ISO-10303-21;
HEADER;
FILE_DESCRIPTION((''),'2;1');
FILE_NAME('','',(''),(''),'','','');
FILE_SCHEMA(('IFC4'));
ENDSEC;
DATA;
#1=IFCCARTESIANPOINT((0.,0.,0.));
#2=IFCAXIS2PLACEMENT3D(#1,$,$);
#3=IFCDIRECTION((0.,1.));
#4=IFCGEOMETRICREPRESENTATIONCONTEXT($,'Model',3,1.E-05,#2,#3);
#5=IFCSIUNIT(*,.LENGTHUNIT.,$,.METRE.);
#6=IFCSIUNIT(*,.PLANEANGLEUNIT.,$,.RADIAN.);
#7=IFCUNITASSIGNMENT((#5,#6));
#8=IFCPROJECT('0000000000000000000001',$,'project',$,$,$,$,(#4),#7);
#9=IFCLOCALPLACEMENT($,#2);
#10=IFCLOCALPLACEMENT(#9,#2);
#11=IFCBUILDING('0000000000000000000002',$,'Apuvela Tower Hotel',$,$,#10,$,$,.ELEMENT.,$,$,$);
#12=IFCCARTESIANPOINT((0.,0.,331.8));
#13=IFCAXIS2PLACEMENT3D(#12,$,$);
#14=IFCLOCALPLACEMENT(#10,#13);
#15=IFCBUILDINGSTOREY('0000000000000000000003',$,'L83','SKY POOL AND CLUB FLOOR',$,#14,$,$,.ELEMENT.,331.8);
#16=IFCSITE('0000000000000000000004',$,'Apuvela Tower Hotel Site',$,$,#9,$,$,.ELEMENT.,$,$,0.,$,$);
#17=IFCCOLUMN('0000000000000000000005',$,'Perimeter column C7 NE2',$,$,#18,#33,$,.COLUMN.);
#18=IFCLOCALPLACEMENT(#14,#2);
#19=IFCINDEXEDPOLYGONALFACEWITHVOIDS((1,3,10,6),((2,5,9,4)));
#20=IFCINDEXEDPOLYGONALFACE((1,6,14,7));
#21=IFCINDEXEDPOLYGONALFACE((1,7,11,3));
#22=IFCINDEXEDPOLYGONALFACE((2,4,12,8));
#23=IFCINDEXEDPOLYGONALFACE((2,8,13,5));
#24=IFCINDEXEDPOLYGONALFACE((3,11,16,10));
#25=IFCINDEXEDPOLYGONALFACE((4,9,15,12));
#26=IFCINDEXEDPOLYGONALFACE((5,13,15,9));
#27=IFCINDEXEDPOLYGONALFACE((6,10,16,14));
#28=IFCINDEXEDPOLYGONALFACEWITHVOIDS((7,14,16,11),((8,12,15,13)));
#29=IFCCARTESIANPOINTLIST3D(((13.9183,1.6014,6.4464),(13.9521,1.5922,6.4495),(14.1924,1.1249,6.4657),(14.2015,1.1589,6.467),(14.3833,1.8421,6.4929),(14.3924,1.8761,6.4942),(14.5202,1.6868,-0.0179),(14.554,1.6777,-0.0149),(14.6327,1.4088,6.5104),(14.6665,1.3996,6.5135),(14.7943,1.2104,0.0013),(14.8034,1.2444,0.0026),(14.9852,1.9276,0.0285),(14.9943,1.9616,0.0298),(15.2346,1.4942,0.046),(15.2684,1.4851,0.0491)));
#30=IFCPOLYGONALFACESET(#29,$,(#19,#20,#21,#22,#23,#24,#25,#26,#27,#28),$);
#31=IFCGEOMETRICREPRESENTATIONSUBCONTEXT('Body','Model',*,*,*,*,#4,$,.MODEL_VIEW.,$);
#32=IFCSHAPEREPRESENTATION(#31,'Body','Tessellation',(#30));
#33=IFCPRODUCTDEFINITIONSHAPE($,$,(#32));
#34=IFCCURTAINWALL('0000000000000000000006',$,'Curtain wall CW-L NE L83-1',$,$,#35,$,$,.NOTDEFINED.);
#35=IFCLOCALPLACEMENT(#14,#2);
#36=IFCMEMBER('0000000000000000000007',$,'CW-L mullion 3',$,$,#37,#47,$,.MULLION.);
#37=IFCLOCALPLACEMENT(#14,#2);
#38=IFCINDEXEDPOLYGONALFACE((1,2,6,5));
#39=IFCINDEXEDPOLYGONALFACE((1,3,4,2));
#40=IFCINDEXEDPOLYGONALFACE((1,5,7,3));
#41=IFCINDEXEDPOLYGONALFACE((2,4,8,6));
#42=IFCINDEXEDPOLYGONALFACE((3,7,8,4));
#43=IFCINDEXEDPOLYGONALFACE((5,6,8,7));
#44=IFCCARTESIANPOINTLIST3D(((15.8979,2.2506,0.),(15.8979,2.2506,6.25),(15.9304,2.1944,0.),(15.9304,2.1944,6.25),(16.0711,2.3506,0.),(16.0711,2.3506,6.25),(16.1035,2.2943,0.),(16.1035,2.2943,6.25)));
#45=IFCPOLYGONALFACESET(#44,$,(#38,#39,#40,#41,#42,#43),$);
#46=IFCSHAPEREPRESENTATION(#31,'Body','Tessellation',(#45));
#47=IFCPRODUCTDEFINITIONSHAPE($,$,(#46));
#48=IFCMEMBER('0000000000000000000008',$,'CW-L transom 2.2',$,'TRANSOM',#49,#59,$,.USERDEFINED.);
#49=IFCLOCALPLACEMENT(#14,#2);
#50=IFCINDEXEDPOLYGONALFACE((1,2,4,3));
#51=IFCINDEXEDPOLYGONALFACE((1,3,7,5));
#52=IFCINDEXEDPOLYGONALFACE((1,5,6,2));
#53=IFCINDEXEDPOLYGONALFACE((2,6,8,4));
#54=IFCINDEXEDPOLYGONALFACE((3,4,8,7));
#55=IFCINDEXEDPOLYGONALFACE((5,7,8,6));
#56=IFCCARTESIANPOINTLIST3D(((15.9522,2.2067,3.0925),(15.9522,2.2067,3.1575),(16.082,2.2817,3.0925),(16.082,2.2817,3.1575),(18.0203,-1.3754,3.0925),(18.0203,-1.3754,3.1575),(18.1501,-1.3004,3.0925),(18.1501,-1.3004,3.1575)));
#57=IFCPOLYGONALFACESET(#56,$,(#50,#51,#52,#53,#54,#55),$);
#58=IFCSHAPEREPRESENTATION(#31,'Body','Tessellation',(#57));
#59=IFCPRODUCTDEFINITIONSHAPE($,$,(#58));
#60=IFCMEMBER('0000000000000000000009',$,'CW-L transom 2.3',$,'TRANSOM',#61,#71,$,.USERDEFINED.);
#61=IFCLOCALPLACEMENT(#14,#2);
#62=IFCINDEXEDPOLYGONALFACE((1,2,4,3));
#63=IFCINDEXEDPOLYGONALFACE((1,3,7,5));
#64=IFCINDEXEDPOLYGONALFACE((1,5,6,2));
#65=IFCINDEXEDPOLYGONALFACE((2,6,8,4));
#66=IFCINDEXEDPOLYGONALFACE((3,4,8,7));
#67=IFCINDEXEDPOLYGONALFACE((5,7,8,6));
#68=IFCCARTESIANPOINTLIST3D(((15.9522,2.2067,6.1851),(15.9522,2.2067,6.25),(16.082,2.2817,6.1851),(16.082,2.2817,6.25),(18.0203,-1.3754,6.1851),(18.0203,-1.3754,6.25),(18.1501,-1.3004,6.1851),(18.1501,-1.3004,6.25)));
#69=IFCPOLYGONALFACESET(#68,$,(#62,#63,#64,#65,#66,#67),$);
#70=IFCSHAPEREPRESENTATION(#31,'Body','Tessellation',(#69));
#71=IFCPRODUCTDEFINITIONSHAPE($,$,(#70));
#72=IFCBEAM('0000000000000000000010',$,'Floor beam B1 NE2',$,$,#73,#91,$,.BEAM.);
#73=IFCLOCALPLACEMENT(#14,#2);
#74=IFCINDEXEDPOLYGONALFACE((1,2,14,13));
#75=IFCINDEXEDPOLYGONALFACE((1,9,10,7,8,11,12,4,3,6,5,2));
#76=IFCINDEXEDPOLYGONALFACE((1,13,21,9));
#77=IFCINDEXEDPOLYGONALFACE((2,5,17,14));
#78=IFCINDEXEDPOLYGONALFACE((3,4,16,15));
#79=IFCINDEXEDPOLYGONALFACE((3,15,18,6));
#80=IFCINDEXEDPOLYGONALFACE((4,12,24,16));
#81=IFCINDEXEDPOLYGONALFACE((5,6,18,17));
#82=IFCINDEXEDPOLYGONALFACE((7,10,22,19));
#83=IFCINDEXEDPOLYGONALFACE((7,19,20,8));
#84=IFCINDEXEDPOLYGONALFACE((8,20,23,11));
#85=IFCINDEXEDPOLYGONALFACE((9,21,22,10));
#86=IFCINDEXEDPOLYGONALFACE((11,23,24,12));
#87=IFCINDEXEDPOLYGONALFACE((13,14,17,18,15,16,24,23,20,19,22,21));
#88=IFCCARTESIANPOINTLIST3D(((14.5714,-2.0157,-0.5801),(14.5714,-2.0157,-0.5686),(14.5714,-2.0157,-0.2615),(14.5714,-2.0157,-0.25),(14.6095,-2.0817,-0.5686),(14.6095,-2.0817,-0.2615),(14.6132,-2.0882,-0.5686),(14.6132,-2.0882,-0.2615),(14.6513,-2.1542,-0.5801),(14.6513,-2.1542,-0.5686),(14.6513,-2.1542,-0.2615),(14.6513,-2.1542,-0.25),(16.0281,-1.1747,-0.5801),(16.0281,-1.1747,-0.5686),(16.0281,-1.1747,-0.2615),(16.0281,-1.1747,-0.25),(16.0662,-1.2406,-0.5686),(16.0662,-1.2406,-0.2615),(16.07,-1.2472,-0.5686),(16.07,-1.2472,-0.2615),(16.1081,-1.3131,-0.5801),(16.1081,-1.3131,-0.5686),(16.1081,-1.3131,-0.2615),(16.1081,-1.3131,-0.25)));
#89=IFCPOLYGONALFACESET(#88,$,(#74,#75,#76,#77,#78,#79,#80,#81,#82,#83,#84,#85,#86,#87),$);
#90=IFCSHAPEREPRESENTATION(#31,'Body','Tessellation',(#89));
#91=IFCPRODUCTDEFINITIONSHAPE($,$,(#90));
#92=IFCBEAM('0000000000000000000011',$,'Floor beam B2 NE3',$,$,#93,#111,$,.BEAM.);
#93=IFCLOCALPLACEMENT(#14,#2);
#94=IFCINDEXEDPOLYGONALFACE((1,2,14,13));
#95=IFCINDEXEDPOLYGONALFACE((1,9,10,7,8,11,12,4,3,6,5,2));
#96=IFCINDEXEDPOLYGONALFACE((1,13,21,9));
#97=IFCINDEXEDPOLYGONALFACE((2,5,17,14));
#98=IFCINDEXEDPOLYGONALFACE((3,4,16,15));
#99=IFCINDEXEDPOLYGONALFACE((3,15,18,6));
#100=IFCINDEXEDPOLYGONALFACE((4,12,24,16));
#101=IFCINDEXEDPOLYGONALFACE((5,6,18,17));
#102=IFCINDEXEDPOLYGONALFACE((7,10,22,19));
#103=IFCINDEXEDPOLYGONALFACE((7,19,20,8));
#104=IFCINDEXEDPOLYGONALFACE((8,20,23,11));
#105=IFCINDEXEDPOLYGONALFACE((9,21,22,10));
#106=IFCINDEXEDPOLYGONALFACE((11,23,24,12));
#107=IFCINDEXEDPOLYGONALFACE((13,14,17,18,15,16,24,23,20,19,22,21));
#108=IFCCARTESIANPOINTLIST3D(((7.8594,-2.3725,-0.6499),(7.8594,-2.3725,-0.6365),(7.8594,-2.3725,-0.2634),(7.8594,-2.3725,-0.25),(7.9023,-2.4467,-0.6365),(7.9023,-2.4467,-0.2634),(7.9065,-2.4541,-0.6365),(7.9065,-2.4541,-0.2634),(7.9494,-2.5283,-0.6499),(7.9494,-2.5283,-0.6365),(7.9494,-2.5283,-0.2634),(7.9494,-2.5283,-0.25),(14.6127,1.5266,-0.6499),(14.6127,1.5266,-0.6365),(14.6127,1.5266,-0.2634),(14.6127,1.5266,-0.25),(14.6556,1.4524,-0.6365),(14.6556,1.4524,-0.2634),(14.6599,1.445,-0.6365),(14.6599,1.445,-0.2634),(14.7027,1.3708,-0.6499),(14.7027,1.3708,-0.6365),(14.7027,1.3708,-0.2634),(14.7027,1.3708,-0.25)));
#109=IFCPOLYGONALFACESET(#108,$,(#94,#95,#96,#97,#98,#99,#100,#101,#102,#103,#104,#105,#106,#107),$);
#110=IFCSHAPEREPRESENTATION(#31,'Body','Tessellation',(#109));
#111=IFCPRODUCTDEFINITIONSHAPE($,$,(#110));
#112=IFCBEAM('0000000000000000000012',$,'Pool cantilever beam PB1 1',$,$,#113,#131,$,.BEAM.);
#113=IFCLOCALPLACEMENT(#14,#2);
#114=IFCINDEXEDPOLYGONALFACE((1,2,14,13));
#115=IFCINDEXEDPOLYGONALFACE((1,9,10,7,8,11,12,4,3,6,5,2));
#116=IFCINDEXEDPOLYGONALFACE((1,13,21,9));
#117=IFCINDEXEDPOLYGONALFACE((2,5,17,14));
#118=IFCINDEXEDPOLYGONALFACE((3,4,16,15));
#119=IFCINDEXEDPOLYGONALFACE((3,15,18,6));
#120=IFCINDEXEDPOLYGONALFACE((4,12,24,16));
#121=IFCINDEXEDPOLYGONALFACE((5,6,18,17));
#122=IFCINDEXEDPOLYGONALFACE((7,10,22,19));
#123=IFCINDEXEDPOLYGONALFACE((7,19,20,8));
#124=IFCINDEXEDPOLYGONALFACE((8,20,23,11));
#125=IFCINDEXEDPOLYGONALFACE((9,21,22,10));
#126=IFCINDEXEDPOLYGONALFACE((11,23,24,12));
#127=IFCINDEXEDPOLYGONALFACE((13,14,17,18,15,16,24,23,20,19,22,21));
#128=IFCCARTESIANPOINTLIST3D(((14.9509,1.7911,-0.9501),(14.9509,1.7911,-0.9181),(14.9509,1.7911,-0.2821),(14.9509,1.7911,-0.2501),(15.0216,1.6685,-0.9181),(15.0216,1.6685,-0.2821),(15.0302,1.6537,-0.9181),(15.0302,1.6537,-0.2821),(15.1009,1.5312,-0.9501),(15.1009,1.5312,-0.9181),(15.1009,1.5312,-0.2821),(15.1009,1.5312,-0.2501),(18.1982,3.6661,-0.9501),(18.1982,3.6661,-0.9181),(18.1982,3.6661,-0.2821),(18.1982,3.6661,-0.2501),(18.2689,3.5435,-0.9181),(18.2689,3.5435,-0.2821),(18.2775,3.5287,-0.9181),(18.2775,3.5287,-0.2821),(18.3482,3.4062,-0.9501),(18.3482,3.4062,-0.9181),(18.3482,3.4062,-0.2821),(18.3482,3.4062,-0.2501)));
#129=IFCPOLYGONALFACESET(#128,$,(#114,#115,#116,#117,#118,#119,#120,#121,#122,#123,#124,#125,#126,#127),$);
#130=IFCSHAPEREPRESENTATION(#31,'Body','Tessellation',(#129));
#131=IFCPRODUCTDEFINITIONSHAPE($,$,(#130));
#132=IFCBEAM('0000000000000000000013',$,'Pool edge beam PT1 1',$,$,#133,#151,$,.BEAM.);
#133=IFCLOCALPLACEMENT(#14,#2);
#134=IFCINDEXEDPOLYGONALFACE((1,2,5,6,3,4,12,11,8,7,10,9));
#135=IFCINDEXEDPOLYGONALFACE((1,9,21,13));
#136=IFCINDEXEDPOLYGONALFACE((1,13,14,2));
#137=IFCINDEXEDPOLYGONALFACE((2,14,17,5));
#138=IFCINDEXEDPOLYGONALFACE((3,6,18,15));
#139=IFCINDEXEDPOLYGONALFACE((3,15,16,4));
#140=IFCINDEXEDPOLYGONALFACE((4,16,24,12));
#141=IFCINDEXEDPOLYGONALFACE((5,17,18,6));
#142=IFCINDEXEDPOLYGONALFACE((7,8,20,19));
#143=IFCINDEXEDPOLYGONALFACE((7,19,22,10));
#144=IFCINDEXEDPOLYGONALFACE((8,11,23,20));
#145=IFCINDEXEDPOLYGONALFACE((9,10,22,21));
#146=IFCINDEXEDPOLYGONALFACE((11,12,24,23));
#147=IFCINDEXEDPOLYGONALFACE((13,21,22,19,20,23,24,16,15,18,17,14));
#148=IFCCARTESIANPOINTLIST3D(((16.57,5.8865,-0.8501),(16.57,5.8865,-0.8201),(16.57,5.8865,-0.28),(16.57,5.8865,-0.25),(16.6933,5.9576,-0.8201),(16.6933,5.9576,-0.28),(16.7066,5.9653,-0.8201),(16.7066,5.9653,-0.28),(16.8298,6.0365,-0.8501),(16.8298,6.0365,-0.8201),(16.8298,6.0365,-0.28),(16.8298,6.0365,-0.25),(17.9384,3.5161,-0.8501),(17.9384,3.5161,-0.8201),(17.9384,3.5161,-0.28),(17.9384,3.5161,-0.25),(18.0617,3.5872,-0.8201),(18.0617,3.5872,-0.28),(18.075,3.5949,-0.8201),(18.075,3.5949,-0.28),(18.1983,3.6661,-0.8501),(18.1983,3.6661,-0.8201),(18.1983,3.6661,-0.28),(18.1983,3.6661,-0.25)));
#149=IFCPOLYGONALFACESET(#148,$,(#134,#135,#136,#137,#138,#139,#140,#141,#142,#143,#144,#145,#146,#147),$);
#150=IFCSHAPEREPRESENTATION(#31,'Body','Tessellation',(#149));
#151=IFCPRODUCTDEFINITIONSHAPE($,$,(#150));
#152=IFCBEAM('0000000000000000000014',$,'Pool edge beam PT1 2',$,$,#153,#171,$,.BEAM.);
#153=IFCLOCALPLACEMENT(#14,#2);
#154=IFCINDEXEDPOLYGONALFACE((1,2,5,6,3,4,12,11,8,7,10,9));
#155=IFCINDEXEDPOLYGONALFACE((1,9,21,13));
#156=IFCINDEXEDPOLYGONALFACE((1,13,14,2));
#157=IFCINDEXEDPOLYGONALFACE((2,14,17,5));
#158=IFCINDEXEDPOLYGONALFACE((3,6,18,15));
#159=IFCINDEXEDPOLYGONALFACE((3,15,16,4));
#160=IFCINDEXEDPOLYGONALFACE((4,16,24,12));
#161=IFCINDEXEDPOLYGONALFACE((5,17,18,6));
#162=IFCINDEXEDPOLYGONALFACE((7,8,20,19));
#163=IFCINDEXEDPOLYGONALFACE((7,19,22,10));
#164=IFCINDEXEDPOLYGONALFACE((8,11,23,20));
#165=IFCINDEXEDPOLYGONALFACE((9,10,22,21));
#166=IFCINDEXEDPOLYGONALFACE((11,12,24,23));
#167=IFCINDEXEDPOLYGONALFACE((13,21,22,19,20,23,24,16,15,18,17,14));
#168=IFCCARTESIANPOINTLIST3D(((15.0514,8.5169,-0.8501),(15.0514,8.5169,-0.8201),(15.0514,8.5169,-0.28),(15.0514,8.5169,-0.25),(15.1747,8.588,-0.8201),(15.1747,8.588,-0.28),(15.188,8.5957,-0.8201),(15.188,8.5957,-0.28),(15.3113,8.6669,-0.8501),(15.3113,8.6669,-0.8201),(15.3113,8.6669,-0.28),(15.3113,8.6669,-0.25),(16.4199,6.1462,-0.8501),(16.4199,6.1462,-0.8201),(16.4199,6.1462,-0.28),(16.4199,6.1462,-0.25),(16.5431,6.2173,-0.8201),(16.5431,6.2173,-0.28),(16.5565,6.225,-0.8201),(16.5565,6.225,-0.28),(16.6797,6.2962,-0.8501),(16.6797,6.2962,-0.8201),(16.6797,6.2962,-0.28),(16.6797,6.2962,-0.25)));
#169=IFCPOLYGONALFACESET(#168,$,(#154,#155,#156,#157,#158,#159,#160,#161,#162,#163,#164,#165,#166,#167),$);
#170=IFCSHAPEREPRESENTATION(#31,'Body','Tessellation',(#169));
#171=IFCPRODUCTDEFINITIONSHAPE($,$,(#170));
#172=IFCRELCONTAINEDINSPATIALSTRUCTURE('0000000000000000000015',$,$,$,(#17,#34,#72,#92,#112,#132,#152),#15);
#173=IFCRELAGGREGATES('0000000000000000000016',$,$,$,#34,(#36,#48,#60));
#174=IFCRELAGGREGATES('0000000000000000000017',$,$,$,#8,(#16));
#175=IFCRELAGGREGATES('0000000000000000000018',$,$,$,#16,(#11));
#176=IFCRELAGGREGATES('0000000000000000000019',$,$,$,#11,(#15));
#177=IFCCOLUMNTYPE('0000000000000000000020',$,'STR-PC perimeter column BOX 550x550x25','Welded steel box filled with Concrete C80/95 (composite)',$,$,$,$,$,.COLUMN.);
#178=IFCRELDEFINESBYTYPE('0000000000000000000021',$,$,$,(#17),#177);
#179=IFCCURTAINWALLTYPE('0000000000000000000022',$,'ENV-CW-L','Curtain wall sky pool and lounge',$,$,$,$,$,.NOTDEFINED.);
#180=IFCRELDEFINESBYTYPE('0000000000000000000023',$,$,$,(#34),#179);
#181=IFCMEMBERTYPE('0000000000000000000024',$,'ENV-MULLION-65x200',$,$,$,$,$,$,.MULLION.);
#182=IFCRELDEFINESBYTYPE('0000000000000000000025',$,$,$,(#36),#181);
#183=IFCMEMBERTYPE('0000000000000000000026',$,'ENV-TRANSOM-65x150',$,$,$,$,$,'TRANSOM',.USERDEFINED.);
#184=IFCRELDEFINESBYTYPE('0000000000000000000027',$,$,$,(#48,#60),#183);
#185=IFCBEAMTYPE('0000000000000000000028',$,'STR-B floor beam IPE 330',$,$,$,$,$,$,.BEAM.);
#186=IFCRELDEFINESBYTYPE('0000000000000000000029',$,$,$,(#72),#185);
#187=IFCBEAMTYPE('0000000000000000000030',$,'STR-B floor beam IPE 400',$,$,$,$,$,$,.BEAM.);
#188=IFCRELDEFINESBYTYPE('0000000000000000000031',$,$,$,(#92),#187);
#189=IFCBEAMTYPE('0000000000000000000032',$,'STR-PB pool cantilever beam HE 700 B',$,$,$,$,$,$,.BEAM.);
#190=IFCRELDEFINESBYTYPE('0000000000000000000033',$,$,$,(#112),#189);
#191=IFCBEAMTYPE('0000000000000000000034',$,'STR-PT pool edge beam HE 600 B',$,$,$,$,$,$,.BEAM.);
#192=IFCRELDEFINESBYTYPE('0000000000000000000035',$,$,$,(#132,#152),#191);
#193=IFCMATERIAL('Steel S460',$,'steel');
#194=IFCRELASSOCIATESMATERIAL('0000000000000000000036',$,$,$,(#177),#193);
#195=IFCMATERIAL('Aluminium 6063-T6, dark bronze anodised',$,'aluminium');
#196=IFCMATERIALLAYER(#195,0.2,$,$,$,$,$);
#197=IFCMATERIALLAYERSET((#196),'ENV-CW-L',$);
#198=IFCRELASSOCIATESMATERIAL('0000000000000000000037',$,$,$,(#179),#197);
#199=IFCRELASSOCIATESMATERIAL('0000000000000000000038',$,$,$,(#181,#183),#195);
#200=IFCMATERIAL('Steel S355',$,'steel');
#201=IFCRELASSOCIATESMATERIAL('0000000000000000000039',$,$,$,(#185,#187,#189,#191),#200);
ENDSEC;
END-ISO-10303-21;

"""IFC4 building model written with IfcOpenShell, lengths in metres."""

from ifc_helpers import new_model, si_unit, direction, frame, origin, origin_2d, place, context, subcontext, project, spatial, rectangle, hollow_rectangle, i_section, extrude, boolean, halfspace, material, layer, layer_set, material_profile, profile_set, type_object, element, aggregate, save


model = new_model("IFC4")

# Units and contexts
model_context = context("Model", 3, precision=1e-05, world=origin(), true_north=direction((0.0, 1.0)))
body_context = subcontext(model_context, "Body", "Model", "MODEL_VIEW")
ifc_project = project(units=[si_unit("LENGTHUNIT", "METRE"), si_unit("PLANEANGLEUNIT", "RADIAN")], contexts=[model_context])

# Site, building, storey
site_placement = place(None, origin())
site = spatial("IfcSite", under=ifc_project, at=site_placement, Name="Apuvela Tower Hotel Site", CompositionType="ELEMENT", RefElevation=0.0)
building_placement = place(site_placement, origin())
building = spatial("IfcBuilding", under=site, at=building_placement, Name="Apuvela Tower Hotel", CompositionType="ELEMENT")
storey_placement = place(building_placement, frame((0.0, 0.0, 331.8)))
storey = spatial("IfcBuildingStorey", under=building, at=storey_placement, Name="L83", Description="SKY POOL AND CLUB FLOOR", CompositionType="ELEMENT", Elevation=331.8)

# Column
ifc_material_1 = material(Name="Steel S460", Category="steel")
ifc_material_profile_1 = material_profile(ifc_material_1, hollow_rectangle(XDim=0.55, YDim=0.55, WallThickness=0.0249, at=origin_2d()), Name="BOX 550x550x25")
ifc_material_2 = material(Name="Concrete C80/95", Category="concrete")
ifc_material_profile_2 = material_profile(ifc_material_2, rectangle(XDim=0.5, YDim=0.5, at=origin_2d()), Name="Concrete C80/95 infill")
ifc_profile_set_1 = profile_set([ifc_material_profile_1, ifc_material_profile_2], Name="Steel S460")
column_type = type_object("IfcColumnType", Name="STR-PC perimeter column BOX 550x550x25", Description="Welded steel box filled with Concrete C80/95 (composite)", PredefinedType="COLUMN", material=ifc_profile_set_1)
column_placement = place(storey_placement, frame((14.8958, 1.5862, 0.0), z_axis=(-0.092702, -0.013163, 0.995607), x_axis=(0.49843, -0.866225, 0.034957)))
element("IfcColumn", 1, at=column_placement, inside=storey, type_object=column_type, Name="Perimeter column C7 NE2", PredefinedType="COLUMN", context=body_context, shape_type="SweptSolid", body=[
    boolean("DIFFERENCE", boolean("DIFFERENCE", extrude(hollow_rectangle(XDim=0.55, YDim=0.55, WallThickness=0.0249, at=origin_2d()), origin(), (0.0, 0.0, 1.0), 6.5286), halfspace(frame((0.0, 0.0, 0.0156), z_axis=(0.0, 0.0, 1.0), x_axis=(1.0, 0.0, 0.0)), True)), halfspace(frame((0.0, 0.0, 6.5085), z_axis=(0.0, 0.0, 1.0), x_axis=(1.0, 0.0, 0.0)), False)),
])

# Curtain wall, members
ifc_material_3 = material(Name="Aluminium 6063-T6, dark bronze anodised", Category="aluminium")
ifc_layer_1 = layer(ifc_material_3, 0.2)
ifc_layer_set_1 = layer_set([ifc_layer_1], Name="ENV-CW-L")
curtain_wall_type = type_object("IfcCurtainWallType", Name="ENV-CW-L", Description="Curtain wall sky pool and lounge", PredefinedType="NOTDEFINED", material=ifc_layer_set_1)
curtain_wall_placement = place(storey_placement, origin())
curtain_wall = element("IfcCurtainWall", 2, at=curtain_wall_placement, inside=storey, type_object=curtain_wall_type, Name="Curtain wall CW-L NE L83-1", PredefinedType="NOTDEFINED")
ifc_material_profile_3 = material_profile(ifc_material_3, rectangle(XDim=0.2, YDim=0.0649, at=origin_2d()), Name="AL 65x200")
ifc_profile_set_2 = profile_set([ifc_material_profile_3], Name="Aluminium 6063-T6, dark bronze anodised")
member_type_1 = type_object("IfcMemberType", Name="ENV-MULLION-65x200", PredefinedType="MULLION", material=ifc_profile_set_2)
member_1_placement = place(storey_placement, frame((16.0007, 2.2725, 0.0), z_axis=(0.0, 0.0, 1.0), x_axis=(-0.866028, -0.499995, 0.0)))
member_1 = element("IfcMember", 3, at=member_1_placement, type_object=member_type_1, Name="CW-L mullion 3", PredefinedType="MULLION", context=body_context, shape_type="SweptSolid", body=[
    extrude(rectangle(XDim=0.2, YDim=0.0649, at=origin_2d()), origin(), (0.0, 0.0, 1.0), 6.25),
])
ifc_material_profile_4 = material_profile(ifc_material_3, rectangle(XDim=0.1499, YDim=0.0649, at=origin_2d()), Name="AL 65x150 transom")
ifc_profile_set_3 = profile_set([ifc_material_profile_4], Name="Aluminium 6063-T6, dark bronze anodised")
member_type_2 = type_object("IfcMemberType", Name="ENV-TRANSOM-65x150", ElementType="TRANSOM", PredefinedType="USERDEFINED", material=ifc_profile_set_3)
member_2_placement = place(storey_placement, frame((18.0852, -1.3379, 3.125), z_axis=(-0.500005, 0.866022, 0.0), x_axis=(-0.866022, -0.500005, 0.0)))
member_2 = element("IfcMember", 4, at=member_2_placement, type_object=member_type_2, Name="CW-L transom 2.2", ObjectType="TRANSOM", PredefinedType="USERDEFINED", context=body_context, shape_type="SweptSolid", body=[
    extrude(rectangle(XDim=0.1499, YDim=0.0649, at=origin_2d()), origin(), (0.0, 0.0, 1.0), 4.1362),
])
member_3_placement = place(storey_placement, frame((18.0852, -1.3379, 6.2175), z_axis=(-0.500005, 0.866022, 0.0), x_axis=(-0.866022, -0.500005, 0.0)))
member_3 = element("IfcMember", 5, at=member_3_placement, type_object=member_type_2, Name="CW-L transom 2.3", ObjectType="TRANSOM", PredefinedType="USERDEFINED", context=body_context, shape_type="SweptSolid", body=[
    extrude(rectangle(XDim=0.1499, YDim=0.0649, at=origin_2d()), origin(), (0.0, 0.0, 1.0), 4.1362),
])

# Beams
ifc_material_4 = material(Name="Steel S355", Category="steel")
ifc_material_profile_5 = material_profile(ifc_material_4, i_section(OverallWidth=0.1599, OverallDepth=0.3301, WebThickness=0.0076, FlangeThickness=0.0115, at=origin_2d()), Name="IPE 330")
ifc_profile_set_4 = profile_set([ifc_material_profile_5], Name="Steel S355")
beam_type_1 = type_object("IfcBeamType", Name="STR-B floor beam IPE 330", PredefinedType="BEAM", material=ifc_profile_set_4)
beam_1_placement = place(storey_placement, frame((16.0681, -1.2439, -0.415), z_axis=(-0.866028, -0.499995, 0.0), x_axis=(0.499995, -0.866028, 0.0)))
element("IfcBeam", 6, at=beam_1_placement, inside=storey, type_object=beam_type_1, Name="Floor beam B1 NE2", PredefinedType="BEAM", context=body_context, shape_type="SweptSolid", body=[
    extrude(i_section(OverallWidth=0.1599, OverallDepth=0.3301, WebThickness=0.0076, FlangeThickness=0.0115, at=origin_2d()), origin(), (0.0, 0.0, 1.0), 1.6821),
])
ifc_material_profile_6 = material_profile(ifc_material_4, i_section(OverallWidth=0.1799, OverallDepth=0.3999, WebThickness=0.0085, FlangeThickness=0.0134, at=origin_2d()), Name="IPE 400")
ifc_profile_set_5 = profile_set([ifc_material_profile_6], Name="Steel S355")
beam_type_2 = type_object("IfcBeamType", Name="STR-B floor beam IPE 400", PredefinedType="BEAM", material=ifc_profile_set_5)
beam_2_placement = place(storey_placement, frame((14.6577, 1.4487, -0.45), z_axis=(-0.866021, -0.500008, 0.0), x_axis=(0.500008, -0.866021, 0.0)))
element("IfcBeam", 7, at=beam_2_placement, inside=storey, type_object=beam_type_2, Name="Floor beam B2 NE3", PredefinedType="BEAM", context=body_context, shape_type="SweptSolid", body=[
    extrude(i_section(OverallWidth=0.1799, OverallDepth=0.3999, WebThickness=0.0085, FlangeThickness=0.0134, at=origin_2d()), origin(), (0.0, 0.0, 1.0), 7.7981),
])
ifc_material_profile_7 = material_profile(ifc_material_4, i_section(OverallWidth=0.3, OverallDepth=0.7, WebThickness=0.0171, FlangeThickness=0.032, at=origin_2d()), Name="HE 700 B")
ifc_profile_set_6 = profile_set([ifc_material_profile_7], Name="Steel S355")
beam_type_3 = type_object("IfcBeamType", Name="STR-PB pool cantilever beam HE 700 B", PredefinedType="BEAM", material=ifc_profile_set_6)
beam_3_placement = place(storey_placement, frame((15.0259, 1.6611, -0.6001), z_axis=(0.866007, 0.500032, 0.0), x_axis=(-0.500032, 0.866007, 0.0)))
element("IfcBeam", 8, at=beam_3_placement, inside=storey, type_object=beam_type_3, Name="Pool cantilever beam PB1 1", PredefinedType="BEAM", context=body_context, shape_type="SweptSolid", body=[
    extrude(i_section(OverallWidth=0.3, OverallDepth=0.7, WebThickness=0.0171, FlangeThickness=0.032, at=origin_2d()), origin(), (0.0, 0.0, 1.0), 3.7498),
])
ifc_material_profile_8 = material_profile(ifc_material_4, i_section(OverallWidth=0.3, OverallDepth=0.6001, WebThickness=0.0154, FlangeThickness=0.03, at=origin_2d()), Name="HE 600 B")
ifc_profile_set_7 = profile_set([ifc_material_profile_8], Name="Steel S355")
beam_type_4 = type_object("IfcBeamType", Name="STR-PT pool edge beam HE 600 B", PredefinedType="BEAM", material=ifc_profile_set_7)
beam_4_placement = place(storey_placement, frame((18.0684, 3.5911, -0.55), z_axis=(-0.499967, 0.866044, 0.0), x_axis=(-0.866044, -0.499967, 0.0)))
element("IfcBeam", 9, at=beam_4_placement, inside=storey, type_object=beam_type_4, Name="Pool edge beam PT1 1", PredefinedType="BEAM", context=body_context, shape_type="SweptSolid", body=[
    extrude(i_section(OverallWidth=0.3, OverallDepth=0.6001, WebThickness=0.0154, FlangeThickness=0.03, at=origin_2d()), origin(), (0.0, 0.0, 1.0), 2.7371),
])
beam_5_placement = place(storey_placement, frame((16.5498, 6.2212, -0.55), z_axis=(-0.499928, 0.866067, 0.0), x_axis=(-0.866067, -0.499928, 0.0)))
element("IfcBeam", 10, at=beam_5_placement, inside=storey, type_object=beam_type_4, Name="Pool edge beam PT1 2", PredefinedType="BEAM", context=body_context, shape_type="SweptSolid", body=[
    extrude(i_section(OverallWidth=0.3, OverallDepth=0.6001, WebThickness=0.0154, FlangeThickness=0.03, at=origin_2d()), origin(), (0.0, 0.0, 1.0), 2.7373),
])

aggregate(curtain_wall, [member_1, member_2, member_3])

save(model, "model.ifc")
